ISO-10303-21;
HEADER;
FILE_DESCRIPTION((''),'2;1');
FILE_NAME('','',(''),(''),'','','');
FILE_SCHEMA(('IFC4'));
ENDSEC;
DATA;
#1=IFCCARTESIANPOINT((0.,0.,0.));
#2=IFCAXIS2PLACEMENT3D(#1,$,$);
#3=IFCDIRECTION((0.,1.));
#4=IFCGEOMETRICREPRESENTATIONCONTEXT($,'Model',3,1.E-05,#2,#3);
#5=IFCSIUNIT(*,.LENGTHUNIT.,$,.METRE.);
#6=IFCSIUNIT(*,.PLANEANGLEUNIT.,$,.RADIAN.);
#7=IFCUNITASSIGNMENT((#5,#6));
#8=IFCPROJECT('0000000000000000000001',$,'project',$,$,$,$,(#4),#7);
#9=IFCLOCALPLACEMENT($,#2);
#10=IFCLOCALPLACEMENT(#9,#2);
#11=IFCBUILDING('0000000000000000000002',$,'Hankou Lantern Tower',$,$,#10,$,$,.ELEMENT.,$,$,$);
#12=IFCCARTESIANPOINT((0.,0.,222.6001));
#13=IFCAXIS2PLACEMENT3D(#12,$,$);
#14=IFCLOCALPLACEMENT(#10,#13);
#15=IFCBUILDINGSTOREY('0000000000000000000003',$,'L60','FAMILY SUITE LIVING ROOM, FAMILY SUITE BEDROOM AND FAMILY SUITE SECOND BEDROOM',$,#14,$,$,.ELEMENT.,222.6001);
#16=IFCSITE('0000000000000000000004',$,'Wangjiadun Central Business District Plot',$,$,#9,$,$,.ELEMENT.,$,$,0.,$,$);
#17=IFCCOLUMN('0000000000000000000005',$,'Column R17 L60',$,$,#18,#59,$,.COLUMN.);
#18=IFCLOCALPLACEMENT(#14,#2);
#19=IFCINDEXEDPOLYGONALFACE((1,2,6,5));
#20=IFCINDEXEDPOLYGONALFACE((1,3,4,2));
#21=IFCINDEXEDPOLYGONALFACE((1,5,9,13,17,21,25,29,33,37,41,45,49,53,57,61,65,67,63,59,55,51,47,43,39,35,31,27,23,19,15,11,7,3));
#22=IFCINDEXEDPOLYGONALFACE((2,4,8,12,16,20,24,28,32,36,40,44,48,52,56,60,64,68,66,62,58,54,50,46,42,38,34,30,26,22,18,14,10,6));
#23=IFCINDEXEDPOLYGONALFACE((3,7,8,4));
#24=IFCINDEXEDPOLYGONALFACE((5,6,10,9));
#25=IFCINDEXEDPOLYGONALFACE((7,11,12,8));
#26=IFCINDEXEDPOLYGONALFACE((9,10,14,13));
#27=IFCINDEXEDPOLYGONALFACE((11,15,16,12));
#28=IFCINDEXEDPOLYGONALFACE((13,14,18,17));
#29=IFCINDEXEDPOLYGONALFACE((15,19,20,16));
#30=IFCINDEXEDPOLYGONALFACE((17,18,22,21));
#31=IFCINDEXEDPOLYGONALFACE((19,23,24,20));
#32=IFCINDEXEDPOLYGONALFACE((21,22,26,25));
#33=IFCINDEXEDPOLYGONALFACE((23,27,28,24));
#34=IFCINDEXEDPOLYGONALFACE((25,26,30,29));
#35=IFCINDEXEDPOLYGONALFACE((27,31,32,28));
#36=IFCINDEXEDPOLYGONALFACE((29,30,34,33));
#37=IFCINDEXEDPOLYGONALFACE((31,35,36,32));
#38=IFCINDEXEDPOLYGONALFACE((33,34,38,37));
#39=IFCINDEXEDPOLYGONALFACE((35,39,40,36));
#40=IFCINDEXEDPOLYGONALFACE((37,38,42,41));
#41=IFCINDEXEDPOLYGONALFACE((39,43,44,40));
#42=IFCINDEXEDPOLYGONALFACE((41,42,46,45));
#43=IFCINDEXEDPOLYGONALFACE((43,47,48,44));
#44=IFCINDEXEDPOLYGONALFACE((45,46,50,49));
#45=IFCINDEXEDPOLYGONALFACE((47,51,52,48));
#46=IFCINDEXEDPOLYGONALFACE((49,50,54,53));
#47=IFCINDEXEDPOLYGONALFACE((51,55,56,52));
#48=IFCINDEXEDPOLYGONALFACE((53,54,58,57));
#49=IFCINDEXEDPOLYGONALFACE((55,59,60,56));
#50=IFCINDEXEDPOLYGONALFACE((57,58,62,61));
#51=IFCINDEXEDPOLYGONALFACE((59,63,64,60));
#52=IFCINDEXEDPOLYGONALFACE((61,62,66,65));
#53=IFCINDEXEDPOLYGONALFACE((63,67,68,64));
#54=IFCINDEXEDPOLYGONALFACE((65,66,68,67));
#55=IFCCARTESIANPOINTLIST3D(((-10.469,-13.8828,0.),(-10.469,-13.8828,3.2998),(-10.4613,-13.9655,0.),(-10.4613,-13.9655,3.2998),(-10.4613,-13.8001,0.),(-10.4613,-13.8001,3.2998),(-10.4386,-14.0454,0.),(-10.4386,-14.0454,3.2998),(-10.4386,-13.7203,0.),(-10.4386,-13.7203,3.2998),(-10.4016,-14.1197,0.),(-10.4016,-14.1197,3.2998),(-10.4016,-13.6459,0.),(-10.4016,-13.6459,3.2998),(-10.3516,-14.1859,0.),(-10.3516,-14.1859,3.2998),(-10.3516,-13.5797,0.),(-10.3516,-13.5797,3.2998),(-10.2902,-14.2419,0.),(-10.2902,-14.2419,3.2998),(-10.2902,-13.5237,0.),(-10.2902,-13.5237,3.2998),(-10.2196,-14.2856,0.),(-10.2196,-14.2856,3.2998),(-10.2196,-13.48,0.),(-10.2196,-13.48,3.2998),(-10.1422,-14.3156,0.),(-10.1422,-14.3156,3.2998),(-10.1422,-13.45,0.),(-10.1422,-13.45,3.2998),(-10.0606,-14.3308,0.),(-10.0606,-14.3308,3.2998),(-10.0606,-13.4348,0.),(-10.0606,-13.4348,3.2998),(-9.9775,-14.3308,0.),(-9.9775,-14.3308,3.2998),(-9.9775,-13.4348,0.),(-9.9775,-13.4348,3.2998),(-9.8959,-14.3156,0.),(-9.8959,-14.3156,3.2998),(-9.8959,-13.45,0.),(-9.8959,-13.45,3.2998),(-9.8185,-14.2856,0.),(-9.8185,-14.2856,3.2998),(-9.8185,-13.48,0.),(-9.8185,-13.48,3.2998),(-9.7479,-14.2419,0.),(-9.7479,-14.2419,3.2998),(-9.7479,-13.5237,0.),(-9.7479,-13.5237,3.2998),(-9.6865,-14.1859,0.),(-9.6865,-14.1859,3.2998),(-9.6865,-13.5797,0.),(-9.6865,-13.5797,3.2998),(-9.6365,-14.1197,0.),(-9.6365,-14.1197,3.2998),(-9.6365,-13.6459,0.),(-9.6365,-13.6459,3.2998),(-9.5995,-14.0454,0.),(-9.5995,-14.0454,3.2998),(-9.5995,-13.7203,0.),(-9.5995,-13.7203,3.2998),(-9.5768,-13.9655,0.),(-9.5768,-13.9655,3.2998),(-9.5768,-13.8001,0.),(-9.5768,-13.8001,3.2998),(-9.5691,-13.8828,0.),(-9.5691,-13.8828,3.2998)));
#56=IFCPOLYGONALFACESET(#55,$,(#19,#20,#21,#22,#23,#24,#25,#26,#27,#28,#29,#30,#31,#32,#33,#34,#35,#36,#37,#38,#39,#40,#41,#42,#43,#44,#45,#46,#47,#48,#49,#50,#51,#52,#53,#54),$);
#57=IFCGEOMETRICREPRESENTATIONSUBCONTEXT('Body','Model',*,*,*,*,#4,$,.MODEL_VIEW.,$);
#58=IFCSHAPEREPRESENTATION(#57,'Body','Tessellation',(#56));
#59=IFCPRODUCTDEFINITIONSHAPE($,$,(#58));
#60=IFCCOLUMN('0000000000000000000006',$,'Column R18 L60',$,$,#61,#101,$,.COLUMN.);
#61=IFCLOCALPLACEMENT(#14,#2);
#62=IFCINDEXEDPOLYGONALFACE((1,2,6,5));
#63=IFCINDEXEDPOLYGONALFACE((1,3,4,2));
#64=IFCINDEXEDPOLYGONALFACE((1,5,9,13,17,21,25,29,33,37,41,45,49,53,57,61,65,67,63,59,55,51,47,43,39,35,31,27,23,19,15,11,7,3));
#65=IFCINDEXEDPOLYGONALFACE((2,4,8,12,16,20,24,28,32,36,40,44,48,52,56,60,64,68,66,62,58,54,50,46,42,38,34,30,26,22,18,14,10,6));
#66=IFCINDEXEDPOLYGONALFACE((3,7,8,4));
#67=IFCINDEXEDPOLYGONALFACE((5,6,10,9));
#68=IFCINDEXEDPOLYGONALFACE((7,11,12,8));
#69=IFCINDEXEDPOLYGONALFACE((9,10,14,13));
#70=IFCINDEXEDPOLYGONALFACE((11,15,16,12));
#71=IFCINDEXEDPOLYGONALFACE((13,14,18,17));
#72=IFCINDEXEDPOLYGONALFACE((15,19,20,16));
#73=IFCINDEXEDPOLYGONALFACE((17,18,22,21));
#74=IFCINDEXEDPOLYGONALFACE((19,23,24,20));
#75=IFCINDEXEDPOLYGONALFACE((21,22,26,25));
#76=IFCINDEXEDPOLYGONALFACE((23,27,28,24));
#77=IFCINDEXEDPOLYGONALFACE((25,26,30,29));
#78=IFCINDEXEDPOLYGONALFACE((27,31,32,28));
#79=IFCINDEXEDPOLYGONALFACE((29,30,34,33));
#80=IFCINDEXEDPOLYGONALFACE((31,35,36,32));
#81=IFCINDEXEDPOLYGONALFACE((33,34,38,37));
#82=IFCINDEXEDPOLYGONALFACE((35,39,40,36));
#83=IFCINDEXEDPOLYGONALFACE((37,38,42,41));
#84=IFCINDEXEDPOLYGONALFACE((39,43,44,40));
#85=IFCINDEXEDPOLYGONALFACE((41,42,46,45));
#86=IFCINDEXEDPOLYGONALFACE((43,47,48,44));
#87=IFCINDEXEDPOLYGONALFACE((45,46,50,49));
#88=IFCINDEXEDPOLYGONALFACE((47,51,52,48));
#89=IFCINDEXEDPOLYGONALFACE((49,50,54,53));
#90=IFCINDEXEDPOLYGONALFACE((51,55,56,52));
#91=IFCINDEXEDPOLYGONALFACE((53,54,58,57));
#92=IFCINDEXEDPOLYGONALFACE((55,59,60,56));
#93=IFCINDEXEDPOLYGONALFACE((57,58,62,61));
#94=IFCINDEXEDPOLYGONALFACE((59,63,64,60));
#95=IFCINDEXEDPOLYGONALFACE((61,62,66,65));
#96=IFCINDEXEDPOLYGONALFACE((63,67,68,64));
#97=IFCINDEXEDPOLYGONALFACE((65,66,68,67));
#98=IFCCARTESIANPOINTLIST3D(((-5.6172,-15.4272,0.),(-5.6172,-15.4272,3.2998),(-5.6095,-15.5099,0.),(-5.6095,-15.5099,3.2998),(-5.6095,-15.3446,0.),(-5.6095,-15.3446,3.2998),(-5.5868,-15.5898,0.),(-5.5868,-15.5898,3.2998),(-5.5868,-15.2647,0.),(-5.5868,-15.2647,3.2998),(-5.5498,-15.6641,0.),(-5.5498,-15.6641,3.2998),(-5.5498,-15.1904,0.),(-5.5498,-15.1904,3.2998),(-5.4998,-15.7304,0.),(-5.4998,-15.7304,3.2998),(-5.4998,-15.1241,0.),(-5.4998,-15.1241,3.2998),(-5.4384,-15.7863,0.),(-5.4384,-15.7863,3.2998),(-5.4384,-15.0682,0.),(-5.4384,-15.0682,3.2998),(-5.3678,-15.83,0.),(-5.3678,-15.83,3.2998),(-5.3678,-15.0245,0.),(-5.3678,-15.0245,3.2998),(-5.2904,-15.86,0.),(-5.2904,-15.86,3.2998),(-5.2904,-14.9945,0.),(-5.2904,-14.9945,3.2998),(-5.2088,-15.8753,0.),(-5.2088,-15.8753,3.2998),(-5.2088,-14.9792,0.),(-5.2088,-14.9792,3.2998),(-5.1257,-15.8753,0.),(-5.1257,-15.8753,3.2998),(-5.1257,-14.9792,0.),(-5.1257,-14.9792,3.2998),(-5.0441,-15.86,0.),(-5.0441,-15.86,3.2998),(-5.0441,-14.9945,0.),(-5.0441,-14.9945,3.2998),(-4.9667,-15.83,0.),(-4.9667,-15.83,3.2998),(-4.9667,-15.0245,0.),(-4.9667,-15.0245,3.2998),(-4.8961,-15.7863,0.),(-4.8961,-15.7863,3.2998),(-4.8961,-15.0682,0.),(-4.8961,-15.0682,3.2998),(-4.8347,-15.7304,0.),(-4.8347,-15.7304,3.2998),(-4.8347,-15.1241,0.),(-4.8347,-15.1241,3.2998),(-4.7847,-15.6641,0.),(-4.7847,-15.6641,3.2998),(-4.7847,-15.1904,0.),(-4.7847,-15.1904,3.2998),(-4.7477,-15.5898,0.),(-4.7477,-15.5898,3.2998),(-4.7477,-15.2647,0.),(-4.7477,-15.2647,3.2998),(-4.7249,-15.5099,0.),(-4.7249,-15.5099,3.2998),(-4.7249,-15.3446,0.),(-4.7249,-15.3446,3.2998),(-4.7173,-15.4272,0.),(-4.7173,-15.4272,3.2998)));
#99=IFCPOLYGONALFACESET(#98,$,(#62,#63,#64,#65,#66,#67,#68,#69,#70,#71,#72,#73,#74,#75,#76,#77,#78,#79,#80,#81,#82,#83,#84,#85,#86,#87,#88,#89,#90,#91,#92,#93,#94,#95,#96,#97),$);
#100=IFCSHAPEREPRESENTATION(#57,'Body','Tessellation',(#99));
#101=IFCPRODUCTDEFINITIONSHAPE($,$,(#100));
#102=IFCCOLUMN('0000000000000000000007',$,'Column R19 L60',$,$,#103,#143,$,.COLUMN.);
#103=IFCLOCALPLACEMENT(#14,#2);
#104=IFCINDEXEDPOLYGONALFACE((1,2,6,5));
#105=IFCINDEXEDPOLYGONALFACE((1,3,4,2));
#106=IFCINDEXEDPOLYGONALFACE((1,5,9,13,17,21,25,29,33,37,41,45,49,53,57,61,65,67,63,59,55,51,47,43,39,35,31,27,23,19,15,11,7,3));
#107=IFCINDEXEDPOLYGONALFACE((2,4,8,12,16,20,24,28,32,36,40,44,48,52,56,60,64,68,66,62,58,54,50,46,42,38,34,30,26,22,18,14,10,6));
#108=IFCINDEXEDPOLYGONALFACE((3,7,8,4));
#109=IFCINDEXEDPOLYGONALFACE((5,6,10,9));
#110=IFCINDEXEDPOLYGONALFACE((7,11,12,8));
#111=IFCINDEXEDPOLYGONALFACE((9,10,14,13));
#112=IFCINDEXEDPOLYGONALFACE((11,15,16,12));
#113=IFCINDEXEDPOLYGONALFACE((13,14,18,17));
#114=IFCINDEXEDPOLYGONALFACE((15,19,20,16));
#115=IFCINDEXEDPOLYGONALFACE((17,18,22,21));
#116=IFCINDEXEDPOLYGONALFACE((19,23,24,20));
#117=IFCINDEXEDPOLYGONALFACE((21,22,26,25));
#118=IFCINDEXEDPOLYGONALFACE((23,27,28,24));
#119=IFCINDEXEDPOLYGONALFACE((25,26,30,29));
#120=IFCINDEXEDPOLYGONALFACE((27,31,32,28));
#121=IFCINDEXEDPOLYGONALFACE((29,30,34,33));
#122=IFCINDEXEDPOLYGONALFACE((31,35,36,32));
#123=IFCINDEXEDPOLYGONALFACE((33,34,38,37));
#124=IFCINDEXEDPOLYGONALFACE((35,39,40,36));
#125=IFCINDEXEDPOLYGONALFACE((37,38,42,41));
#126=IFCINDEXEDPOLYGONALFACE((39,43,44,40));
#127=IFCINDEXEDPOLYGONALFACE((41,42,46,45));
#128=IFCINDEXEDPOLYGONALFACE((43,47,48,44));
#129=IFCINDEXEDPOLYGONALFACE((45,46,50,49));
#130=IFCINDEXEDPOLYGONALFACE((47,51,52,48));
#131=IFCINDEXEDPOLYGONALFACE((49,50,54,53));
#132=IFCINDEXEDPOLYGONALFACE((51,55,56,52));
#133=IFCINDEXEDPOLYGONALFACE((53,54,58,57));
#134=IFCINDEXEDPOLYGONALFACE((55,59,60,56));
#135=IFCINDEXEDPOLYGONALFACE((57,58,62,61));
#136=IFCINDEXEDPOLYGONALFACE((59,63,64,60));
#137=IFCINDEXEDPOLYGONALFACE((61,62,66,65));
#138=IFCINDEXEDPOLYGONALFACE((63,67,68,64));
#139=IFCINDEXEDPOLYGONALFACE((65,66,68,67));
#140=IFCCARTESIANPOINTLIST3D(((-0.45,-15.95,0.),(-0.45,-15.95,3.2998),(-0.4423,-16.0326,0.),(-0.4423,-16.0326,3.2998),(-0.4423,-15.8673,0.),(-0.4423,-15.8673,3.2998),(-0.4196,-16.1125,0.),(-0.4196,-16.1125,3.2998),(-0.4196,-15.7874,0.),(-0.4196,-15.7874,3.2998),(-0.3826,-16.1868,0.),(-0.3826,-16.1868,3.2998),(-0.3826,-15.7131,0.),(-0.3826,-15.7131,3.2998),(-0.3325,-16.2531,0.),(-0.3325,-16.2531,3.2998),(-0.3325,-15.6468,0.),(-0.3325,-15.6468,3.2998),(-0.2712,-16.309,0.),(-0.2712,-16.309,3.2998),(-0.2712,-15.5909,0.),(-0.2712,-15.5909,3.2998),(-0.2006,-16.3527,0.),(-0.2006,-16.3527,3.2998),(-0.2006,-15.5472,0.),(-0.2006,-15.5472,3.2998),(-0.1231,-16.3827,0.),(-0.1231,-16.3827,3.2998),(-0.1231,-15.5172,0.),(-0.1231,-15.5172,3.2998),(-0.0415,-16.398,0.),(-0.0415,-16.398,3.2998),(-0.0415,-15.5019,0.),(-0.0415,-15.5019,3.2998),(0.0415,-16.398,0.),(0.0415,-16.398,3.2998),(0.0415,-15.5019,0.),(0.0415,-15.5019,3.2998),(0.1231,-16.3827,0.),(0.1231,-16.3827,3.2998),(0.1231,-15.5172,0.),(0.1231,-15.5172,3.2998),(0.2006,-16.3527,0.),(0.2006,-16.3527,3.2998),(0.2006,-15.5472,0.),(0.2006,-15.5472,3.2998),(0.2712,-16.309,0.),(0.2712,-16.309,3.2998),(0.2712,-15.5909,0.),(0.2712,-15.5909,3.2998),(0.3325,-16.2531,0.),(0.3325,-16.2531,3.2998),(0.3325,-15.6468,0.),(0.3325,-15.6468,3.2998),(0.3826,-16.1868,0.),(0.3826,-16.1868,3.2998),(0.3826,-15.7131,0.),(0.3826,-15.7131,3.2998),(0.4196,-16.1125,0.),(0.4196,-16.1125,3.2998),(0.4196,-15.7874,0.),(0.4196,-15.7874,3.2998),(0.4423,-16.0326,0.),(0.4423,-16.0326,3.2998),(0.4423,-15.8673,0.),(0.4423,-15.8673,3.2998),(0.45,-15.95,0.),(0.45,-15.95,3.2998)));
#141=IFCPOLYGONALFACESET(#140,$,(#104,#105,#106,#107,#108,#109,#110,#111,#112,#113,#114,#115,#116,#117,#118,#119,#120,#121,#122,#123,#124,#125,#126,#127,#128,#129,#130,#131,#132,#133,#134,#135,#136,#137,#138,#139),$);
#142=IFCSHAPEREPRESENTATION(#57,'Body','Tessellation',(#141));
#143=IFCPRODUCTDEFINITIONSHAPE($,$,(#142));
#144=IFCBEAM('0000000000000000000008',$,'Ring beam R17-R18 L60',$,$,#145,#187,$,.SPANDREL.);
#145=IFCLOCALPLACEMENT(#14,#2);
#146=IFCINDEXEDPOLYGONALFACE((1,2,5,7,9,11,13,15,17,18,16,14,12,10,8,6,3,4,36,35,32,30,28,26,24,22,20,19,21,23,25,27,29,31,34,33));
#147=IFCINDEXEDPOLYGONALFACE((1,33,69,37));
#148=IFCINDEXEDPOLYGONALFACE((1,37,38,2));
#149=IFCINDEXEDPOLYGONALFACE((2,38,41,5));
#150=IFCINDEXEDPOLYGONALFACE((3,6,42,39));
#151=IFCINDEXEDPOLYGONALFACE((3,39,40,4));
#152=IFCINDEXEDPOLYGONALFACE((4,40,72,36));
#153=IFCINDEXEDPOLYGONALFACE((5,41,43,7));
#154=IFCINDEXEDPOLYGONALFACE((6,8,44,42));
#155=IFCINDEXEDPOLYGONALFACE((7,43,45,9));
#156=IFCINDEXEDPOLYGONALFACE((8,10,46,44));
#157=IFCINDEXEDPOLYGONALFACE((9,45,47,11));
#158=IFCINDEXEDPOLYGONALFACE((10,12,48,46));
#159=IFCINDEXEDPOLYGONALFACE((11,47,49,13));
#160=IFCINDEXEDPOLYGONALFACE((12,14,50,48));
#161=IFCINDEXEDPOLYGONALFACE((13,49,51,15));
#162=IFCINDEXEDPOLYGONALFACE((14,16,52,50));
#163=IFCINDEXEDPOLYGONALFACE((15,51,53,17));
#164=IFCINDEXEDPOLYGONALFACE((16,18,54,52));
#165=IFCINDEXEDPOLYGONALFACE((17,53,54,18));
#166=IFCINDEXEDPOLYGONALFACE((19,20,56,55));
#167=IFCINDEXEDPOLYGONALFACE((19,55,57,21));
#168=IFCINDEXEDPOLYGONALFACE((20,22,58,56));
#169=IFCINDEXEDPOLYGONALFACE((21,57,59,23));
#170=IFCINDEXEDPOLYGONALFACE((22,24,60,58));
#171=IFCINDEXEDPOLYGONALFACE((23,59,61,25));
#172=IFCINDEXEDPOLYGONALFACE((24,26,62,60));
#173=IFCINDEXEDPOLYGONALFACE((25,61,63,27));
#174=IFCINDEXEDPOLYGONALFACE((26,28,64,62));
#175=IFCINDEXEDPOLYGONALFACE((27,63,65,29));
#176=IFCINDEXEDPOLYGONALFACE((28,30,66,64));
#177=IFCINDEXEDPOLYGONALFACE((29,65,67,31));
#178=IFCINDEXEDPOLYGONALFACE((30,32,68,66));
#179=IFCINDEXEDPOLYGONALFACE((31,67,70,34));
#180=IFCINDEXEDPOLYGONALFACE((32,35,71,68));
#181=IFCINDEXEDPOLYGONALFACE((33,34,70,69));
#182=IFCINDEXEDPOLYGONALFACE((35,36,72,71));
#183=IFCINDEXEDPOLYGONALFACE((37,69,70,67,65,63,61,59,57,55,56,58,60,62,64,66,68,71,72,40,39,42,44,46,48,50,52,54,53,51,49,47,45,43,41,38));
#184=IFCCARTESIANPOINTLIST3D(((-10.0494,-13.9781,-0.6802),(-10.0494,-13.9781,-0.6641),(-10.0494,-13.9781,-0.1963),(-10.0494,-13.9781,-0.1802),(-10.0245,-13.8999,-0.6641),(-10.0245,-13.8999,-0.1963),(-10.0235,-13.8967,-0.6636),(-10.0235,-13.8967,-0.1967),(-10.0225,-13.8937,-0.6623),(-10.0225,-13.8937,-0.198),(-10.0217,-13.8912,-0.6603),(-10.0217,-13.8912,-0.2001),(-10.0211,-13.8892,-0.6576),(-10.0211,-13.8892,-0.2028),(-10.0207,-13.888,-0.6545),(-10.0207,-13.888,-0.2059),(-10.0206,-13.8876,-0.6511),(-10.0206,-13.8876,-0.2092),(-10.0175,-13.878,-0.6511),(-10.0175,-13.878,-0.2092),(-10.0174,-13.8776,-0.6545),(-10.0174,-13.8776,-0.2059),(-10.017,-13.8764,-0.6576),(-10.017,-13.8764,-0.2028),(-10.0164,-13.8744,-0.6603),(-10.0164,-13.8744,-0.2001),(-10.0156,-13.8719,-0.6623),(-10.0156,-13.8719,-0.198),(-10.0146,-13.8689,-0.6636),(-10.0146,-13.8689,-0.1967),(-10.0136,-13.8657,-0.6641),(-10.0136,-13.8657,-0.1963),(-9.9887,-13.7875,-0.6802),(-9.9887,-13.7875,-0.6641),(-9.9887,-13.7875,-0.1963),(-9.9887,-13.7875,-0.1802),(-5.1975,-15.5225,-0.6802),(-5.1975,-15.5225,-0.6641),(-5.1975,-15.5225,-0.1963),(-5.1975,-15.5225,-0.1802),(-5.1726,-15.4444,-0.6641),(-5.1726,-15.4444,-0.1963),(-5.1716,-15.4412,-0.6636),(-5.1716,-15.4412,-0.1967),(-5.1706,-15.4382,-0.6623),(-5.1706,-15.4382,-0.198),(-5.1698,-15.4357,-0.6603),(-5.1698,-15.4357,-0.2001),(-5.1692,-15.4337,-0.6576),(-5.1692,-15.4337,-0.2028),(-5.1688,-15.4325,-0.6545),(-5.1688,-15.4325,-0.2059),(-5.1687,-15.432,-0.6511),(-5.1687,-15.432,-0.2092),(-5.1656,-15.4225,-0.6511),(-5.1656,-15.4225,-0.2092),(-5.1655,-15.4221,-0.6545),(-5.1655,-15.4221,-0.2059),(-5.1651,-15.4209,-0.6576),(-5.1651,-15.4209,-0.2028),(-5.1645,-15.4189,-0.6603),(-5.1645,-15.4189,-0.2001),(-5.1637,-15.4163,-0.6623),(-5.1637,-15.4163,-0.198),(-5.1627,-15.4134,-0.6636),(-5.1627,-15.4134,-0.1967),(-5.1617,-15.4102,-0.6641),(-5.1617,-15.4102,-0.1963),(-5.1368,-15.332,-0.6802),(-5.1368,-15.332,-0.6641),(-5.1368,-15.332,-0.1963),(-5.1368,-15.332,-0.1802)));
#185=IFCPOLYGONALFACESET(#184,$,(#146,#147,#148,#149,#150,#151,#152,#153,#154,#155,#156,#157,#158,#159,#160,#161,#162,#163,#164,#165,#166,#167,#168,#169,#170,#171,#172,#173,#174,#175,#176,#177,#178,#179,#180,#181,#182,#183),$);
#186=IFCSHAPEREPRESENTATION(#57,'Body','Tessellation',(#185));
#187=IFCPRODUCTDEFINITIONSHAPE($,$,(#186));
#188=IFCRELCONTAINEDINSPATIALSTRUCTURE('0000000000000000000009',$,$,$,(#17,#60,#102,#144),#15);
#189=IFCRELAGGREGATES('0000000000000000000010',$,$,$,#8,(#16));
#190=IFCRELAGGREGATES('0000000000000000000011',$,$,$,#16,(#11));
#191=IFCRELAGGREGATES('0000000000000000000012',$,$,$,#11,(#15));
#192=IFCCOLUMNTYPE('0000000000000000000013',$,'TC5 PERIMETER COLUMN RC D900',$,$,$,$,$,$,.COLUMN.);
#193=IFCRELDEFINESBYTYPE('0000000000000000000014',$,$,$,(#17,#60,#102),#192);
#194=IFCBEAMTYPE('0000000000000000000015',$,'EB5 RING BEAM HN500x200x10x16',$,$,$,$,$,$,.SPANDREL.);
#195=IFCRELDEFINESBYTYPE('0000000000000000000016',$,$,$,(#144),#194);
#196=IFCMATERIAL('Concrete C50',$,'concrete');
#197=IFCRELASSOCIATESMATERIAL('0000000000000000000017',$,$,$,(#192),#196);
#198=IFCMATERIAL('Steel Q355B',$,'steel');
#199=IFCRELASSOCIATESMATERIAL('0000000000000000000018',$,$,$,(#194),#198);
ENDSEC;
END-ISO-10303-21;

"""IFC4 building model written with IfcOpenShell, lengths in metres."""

from ifc_helpers import new_model, si_unit, direction, frame, origin, origin_2d, place, context, subcontext, project, spatial, circle, i_section, extrude, material, material_profile, profile_set, type_object, element, save


model = new_model("IFC4")

# Units and contexts
model_context = context("Model", 3, precision=1e-05, world=origin(), true_north=direction((0.0, 1.0)))
body_context = subcontext(model_context, "Body", "Model", "MODEL_VIEW")
ifc_project = project(units=[si_unit("LENGTHUNIT", "METRE"), si_unit("PLANEANGLEUNIT", "RADIAN")], contexts=[model_context])

# Site, building, storey
site_placement = place(None, origin())
site = spatial("IfcSite", under=ifc_project, at=site_placement, Name="Wangjiadun Central Business District Plot", CompositionType="ELEMENT", RefElevation=0.0)
building_placement = place(site_placement, origin())
building = spatial("IfcBuilding", under=site, at=building_placement, Name="Hankou Lantern Tower", CompositionType="ELEMENT")
storey_placement = place(building_placement, frame((0.0, 0.0, 222.6001)))
storey = spatial("IfcBuildingStorey", under=building, at=storey_placement, Name="L60", Description="FAMILY SUITE LIVING ROOM, FAMILY SUITE BEDROOM AND FAMILY SUITE SECOND BEDROOM", CompositionType="ELEMENT", Elevation=222.6001)

# Columns
ifc_material_1 = material(Name="Concrete C50", Category="concrete")
ifc_material_profile_1 = material_profile(ifc_material_1, circle(Radius=0.45, at=origin_2d()), Name="RC D900")
ifc_profile_set_1 = profile_set([ifc_material_profile_1], Name="Concrete C50")
column_type = type_object("IfcColumnType", Name="TC5 PERIMETER COLUMN RC D900", PredefinedType="COLUMN", material=ifc_profile_set_1)
for number, where, z_axis, x_axis, name in (
    (1, (-10.019, -13.8828, 0.0), (0.0, 0.0, 1.0), (1.0, 0.0, 0.0), "Column R17 L60"),
    (2, (-5.1672, -15.4272, 0.0), (0.0, 0.0, 1.0), (1.0, 0.0, 0.0), "Column R18 L60"),
    (3, (0.0, -15.95, 0.0), (0.0, 0.0, 1.0), (1.0, 0.0, 0.0), "Column R19 L60"),
):
    element("IfcColumn", number, at=place(storey_placement, frame(where, z_axis=z_axis, x_axis=x_axis)), inside=storey, type_object=column_type, Name=name, PredefinedType="COLUMN", context=body_context, shape_type="SweptSolid", body=[
        extrude(circle(Radius=0.45, at=origin_2d()), origin(), (0.0, 0.0, 1.0), 3.2998),
    ])

# Beam
ifc_material_2 = material(Name="Steel Q355B", Category="steel")
ifc_material_profile_2 = material_profile(ifc_material_2, i_section(OverallWidth=0.2, OverallDepth=0.5, WebThickness=0.01, FlangeThickness=0.0161, FilletRadius=0.0129, at=origin_2d()), Name="HN500x200x10x16")
ifc_profile_set_2 = profile_set([ifc_material_profile_2], Name="Steel Q355B")
beam_type_1 = type_object("IfcBeamType", Name="EB5 RING BEAM HN500x200x10x16", PredefinedType="SPANDREL", material=ifc_profile_set_2)
beam_1_placement = place(storey_placement, frame((-10.019, -13.8828, -0.4302), z_axis=(0.952887, -0.303324, 0.0), x_axis=(0.303324, 0.952887, 0.0)))
element("IfcBeam", 4, at=beam_1_placement, inside=storey, type_object=beam_type_1, Name="Ring beam R17-R18 L60", PredefinedType="SPANDREL", context=body_context, shape_type="SweptSolid", body=[
    extrude(i_section(OverallWidth=0.2, OverallDepth=0.5, WebThickness=0.01, FlangeThickness=0.0161, FilletRadius=0.0129, at=origin_2d()), origin(), (0.0, 0.0, 1.0), 5.0918),
])

save(model, "model.ifc")
